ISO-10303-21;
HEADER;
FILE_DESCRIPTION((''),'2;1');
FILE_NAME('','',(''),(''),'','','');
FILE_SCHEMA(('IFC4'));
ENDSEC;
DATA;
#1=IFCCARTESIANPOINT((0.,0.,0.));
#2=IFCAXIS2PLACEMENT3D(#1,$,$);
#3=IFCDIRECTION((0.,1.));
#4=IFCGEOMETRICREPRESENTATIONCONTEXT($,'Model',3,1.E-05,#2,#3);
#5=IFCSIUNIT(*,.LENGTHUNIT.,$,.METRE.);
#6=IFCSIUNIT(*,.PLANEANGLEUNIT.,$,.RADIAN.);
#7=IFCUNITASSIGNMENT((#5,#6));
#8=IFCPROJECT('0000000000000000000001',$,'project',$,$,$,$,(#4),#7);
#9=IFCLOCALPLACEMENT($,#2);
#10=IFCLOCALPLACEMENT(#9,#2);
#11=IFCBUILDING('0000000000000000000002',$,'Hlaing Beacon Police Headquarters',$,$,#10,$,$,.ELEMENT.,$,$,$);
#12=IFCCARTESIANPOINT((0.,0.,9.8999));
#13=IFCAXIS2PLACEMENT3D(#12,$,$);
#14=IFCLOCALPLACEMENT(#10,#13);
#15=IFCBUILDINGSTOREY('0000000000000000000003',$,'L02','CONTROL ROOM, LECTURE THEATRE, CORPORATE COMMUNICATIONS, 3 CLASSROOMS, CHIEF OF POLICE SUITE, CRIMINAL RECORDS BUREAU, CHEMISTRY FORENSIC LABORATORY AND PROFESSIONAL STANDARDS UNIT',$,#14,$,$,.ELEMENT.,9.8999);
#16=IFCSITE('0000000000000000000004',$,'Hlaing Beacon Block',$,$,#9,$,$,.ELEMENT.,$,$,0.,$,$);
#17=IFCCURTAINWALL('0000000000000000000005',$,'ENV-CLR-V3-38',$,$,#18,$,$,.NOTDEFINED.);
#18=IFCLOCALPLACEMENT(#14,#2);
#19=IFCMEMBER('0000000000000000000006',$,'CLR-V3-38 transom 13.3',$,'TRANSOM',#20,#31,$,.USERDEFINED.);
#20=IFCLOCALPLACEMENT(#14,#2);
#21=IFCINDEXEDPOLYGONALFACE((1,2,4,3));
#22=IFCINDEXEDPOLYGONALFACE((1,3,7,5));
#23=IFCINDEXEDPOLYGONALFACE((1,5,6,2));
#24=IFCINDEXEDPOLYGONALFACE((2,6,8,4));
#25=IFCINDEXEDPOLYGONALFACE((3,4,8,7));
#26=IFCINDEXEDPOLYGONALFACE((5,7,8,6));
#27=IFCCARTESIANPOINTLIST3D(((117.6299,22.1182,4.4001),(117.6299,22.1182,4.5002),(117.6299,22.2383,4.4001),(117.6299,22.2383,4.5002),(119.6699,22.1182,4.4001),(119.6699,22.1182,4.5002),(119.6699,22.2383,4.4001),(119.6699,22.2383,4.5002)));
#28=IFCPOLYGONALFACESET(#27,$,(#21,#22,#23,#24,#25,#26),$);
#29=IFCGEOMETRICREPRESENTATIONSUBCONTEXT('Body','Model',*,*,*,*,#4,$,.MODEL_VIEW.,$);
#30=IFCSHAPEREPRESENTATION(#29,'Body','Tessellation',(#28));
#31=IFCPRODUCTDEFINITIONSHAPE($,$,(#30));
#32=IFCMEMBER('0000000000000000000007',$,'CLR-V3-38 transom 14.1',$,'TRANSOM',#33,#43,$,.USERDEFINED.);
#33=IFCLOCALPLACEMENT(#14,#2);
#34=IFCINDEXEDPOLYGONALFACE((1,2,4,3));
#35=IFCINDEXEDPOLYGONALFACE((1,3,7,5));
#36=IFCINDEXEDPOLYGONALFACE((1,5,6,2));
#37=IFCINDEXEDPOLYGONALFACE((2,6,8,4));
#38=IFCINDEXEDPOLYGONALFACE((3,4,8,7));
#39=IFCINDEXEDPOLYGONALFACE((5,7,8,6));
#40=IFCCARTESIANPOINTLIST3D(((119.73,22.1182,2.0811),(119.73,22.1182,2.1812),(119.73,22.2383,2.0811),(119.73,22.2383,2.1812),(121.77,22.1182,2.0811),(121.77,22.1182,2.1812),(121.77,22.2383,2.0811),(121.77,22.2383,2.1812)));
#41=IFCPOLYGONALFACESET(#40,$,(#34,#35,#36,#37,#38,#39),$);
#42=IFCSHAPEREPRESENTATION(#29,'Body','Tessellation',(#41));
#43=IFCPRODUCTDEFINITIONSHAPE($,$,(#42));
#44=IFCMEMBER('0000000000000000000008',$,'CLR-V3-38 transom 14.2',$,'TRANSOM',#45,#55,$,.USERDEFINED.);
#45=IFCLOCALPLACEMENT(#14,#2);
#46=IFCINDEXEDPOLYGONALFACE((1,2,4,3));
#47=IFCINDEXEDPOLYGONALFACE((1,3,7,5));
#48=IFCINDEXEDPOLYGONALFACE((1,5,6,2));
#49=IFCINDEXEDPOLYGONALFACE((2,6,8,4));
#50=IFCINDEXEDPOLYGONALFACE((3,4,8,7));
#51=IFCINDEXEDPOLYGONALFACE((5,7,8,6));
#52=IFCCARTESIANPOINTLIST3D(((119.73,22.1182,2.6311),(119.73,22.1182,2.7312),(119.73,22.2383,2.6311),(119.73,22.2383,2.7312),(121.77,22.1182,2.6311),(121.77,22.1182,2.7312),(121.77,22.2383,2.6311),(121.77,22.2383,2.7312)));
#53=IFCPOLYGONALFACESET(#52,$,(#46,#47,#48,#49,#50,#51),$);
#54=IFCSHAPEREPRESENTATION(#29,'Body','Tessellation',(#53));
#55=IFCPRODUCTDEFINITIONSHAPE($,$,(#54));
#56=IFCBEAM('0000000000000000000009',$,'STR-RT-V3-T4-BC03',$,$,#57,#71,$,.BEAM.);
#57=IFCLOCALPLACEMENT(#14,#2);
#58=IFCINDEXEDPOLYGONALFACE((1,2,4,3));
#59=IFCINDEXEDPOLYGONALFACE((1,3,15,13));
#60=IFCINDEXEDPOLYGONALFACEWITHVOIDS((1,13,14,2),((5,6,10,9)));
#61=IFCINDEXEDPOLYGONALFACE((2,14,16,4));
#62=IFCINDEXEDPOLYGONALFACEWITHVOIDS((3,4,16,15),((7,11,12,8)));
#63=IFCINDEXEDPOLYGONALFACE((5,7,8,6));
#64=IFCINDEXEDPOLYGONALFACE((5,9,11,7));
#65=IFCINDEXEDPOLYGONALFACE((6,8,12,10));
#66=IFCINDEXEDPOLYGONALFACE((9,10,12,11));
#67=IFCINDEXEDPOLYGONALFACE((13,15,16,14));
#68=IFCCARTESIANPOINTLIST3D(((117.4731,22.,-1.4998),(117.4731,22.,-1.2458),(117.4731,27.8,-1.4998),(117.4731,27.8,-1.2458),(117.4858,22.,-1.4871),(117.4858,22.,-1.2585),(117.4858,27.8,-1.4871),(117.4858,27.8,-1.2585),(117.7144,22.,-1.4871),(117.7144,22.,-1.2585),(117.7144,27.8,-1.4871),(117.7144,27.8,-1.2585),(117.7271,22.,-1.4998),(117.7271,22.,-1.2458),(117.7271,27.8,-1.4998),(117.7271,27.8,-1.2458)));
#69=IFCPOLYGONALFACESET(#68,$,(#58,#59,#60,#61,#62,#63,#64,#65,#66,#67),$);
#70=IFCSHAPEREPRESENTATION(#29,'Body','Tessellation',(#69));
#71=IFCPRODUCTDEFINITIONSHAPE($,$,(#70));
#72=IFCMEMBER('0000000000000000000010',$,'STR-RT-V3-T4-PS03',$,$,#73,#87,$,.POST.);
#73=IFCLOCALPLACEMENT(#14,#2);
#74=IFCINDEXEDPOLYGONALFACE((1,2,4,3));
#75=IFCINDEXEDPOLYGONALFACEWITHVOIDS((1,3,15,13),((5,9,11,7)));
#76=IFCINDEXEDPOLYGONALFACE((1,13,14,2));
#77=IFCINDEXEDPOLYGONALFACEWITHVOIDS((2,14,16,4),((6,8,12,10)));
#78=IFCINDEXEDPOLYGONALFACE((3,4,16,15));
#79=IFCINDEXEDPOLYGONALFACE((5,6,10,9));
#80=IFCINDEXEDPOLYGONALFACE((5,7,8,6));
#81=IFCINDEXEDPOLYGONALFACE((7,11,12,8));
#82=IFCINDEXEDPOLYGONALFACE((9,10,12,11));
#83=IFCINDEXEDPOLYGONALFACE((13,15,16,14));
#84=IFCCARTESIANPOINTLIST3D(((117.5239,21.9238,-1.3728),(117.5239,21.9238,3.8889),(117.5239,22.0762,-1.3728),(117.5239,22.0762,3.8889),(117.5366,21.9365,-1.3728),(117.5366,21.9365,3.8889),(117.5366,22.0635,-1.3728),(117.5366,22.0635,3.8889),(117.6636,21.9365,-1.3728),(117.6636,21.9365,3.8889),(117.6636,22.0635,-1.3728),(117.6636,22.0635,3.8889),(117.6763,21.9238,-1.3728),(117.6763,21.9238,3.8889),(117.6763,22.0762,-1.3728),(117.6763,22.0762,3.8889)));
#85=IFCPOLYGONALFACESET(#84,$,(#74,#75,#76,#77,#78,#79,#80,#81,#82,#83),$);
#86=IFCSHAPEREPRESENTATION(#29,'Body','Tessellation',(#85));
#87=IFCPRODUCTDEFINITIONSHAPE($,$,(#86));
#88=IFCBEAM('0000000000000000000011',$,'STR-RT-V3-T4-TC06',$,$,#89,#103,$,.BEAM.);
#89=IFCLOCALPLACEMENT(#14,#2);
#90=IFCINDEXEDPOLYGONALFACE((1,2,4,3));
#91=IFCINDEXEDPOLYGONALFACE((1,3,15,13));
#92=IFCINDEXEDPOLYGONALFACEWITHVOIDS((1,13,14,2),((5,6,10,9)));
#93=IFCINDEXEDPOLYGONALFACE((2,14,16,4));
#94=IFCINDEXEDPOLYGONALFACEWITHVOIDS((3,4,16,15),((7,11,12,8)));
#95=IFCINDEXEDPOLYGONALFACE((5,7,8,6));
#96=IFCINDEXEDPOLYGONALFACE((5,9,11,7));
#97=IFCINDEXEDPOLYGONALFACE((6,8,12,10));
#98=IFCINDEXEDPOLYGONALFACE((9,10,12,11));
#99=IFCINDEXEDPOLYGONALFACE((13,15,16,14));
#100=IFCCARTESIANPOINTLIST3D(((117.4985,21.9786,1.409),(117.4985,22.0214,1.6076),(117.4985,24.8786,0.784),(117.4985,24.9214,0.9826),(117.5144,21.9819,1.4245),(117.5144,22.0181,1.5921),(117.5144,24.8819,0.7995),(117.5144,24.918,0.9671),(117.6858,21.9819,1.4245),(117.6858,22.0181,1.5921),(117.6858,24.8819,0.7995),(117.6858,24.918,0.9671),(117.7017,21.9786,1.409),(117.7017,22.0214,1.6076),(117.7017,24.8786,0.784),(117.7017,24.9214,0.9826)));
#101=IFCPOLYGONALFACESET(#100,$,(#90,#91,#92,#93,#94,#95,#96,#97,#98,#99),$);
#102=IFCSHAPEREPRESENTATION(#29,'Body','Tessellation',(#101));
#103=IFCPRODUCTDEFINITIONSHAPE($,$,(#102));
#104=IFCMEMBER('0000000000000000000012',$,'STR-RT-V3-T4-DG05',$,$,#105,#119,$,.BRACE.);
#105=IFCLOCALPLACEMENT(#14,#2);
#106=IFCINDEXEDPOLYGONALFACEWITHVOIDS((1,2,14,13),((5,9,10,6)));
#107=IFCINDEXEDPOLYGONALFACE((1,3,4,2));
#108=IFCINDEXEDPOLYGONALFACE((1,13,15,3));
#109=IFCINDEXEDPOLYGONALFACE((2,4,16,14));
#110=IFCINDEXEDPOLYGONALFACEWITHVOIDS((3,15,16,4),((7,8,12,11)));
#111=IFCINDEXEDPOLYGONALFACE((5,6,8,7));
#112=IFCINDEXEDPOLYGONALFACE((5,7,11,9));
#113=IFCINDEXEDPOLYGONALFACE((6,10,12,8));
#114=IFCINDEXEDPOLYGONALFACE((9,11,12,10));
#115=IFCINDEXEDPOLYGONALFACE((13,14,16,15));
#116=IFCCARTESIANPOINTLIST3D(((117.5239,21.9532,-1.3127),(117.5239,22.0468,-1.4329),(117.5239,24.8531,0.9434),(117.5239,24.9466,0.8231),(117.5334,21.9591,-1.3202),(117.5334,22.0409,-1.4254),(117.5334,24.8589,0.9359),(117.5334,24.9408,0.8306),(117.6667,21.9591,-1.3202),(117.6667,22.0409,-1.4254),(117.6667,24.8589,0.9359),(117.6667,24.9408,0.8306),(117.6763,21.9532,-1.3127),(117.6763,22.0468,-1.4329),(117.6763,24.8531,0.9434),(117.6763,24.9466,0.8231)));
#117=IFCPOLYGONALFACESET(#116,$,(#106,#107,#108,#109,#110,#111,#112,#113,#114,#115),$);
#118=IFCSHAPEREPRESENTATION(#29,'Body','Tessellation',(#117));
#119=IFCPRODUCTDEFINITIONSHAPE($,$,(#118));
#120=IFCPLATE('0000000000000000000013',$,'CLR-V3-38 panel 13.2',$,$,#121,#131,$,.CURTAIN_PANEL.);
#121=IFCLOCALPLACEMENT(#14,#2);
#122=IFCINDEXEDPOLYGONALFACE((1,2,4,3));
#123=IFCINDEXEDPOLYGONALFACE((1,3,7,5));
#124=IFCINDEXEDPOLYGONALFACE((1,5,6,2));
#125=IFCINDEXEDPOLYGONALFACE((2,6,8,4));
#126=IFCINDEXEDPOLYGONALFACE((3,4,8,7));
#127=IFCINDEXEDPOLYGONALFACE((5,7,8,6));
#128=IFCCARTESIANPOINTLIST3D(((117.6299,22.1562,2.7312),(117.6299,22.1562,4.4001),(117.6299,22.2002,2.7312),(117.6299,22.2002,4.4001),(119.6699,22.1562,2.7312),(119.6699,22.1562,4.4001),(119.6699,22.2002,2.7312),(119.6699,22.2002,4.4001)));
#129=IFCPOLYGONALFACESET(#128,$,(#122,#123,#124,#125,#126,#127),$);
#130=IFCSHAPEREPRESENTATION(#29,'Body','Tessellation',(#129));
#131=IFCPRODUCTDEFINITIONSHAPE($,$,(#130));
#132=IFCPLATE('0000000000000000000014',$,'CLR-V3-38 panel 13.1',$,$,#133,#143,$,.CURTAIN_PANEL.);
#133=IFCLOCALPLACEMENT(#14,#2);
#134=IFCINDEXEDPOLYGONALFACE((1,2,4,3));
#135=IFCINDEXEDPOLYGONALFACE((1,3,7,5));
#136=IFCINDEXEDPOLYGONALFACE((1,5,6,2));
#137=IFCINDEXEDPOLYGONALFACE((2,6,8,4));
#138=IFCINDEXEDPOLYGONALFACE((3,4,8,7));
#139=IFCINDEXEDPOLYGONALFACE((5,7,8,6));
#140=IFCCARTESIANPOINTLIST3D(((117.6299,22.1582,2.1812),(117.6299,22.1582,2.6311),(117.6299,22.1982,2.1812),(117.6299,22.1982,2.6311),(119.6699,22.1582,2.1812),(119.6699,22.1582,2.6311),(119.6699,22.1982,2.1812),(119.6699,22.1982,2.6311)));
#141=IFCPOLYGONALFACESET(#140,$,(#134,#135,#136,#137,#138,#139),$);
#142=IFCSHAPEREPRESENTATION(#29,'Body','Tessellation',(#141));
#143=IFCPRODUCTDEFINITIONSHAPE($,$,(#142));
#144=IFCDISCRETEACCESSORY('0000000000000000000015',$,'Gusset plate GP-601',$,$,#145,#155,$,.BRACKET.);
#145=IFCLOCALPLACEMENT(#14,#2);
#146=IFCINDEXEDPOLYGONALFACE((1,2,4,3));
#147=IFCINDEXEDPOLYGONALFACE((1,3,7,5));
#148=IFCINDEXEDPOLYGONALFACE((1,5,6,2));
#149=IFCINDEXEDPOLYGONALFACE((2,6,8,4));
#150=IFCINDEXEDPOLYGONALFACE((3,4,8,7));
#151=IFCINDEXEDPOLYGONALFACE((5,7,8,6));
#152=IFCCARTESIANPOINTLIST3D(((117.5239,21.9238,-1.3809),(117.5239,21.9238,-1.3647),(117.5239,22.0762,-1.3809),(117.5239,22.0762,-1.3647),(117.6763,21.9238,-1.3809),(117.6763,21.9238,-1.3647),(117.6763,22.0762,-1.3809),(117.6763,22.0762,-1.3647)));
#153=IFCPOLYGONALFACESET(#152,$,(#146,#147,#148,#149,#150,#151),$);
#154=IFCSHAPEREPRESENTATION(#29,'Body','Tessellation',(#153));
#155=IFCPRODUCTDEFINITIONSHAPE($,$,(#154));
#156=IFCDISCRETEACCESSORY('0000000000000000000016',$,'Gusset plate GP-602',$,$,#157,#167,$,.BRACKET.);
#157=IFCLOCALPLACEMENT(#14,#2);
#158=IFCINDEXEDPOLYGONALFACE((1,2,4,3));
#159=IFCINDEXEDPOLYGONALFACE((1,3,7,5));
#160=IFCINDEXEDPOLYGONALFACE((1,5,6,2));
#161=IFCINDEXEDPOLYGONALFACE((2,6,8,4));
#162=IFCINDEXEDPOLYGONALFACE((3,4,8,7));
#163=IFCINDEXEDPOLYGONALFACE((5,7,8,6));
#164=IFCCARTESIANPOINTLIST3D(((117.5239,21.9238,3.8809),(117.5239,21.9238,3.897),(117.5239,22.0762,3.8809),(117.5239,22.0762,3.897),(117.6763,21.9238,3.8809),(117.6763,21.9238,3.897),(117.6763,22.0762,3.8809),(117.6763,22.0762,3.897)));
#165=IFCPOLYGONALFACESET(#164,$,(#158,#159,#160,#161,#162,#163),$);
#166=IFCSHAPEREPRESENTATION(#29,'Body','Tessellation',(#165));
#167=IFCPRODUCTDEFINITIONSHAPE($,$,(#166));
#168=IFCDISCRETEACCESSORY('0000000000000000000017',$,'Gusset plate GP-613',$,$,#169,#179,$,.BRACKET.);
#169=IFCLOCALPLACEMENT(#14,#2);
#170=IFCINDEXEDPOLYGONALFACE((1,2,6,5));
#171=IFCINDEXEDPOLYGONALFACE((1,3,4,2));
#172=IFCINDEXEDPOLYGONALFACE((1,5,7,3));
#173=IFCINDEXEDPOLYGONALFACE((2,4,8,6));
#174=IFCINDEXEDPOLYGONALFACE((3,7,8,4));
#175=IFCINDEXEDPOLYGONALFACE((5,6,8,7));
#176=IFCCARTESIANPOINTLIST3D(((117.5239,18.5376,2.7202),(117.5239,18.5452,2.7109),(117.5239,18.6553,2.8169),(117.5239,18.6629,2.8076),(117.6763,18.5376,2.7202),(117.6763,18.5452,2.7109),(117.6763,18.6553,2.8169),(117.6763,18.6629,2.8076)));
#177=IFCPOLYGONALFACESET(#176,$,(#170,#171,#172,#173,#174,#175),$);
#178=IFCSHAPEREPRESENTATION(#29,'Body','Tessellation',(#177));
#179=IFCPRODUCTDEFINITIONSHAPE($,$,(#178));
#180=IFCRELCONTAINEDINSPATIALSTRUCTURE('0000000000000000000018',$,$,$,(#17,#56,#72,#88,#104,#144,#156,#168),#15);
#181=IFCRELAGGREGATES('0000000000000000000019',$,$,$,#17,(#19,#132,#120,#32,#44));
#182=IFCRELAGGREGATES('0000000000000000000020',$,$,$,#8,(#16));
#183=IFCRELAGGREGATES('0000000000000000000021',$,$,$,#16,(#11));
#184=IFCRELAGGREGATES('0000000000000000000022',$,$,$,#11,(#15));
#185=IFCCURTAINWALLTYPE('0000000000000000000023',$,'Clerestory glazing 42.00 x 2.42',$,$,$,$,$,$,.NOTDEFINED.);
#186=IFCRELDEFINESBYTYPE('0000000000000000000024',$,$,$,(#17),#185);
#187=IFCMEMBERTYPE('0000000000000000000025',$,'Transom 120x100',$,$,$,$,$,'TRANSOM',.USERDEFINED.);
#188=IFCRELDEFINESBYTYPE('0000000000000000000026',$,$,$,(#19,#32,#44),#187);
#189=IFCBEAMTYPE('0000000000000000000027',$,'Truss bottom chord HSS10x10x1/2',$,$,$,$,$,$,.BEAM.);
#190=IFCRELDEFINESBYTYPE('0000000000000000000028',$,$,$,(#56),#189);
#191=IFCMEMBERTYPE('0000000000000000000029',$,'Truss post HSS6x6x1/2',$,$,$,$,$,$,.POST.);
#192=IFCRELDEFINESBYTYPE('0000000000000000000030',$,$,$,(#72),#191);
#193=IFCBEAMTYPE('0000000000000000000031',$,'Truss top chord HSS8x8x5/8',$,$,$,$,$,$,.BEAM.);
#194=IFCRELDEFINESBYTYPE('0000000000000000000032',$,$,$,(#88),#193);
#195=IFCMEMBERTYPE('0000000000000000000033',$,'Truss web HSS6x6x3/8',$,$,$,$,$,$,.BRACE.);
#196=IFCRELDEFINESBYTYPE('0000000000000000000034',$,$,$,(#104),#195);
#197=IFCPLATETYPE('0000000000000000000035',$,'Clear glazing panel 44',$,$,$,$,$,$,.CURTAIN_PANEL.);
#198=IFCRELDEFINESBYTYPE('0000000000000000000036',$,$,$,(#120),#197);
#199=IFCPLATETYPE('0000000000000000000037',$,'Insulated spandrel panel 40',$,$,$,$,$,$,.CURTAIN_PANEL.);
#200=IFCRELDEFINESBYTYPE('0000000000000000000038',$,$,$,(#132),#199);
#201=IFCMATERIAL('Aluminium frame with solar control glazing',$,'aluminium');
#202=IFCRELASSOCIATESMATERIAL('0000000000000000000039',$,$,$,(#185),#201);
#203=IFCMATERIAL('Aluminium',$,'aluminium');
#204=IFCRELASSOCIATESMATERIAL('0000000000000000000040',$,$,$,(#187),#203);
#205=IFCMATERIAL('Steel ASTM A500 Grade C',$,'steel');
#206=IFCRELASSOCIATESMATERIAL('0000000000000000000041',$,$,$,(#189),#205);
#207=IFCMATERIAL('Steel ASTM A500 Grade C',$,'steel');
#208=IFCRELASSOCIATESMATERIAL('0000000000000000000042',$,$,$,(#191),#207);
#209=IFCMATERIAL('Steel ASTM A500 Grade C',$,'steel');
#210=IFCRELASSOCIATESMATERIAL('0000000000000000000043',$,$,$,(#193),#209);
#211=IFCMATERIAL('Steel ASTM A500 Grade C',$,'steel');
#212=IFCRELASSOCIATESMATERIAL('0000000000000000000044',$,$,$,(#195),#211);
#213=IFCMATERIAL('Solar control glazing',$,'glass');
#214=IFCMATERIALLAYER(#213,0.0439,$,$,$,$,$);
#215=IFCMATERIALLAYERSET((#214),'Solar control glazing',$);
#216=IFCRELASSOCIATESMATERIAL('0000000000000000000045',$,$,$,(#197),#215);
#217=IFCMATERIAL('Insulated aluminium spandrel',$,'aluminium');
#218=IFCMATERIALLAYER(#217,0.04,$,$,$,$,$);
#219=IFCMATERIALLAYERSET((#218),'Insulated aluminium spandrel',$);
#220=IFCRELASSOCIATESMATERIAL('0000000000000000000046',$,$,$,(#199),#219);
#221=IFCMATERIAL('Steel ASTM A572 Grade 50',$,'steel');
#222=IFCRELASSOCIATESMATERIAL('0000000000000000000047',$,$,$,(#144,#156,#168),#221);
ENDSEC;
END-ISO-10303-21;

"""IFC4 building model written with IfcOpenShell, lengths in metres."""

from ifc_helpers import new_model, si_unit, direction, frame, origin, origin_2d, place, context, subcontext, project, spatial, rectangle, hollow_rectangle, extrude, material, layer, layer_set, material_profile, profile_set, type_object, element, aggregate, save


model = new_model("IFC4")

# Units and contexts
model_context = context("Model", 3, precision=1e-05, world=origin(), true_north=direction((0.0, 1.0)))
body_context = subcontext(model_context, "Body", "Model", "MODEL_VIEW")
ifc_project = project(units=[si_unit("LENGTHUNIT", "METRE"), si_unit("PLANEANGLEUNIT", "RADIAN")], contexts=[model_context])

# Site, building, storey
site_placement = place(None, origin())
site = spatial("IfcSite", under=ifc_project, at=site_placement, Name="Hlaing Beacon Block", CompositionType="ELEMENT", RefElevation=0.0)
building_placement = place(site_placement, origin())
building = spatial("IfcBuilding", under=site, at=building_placement, Name="Hlaing Beacon Police Headquarters", CompositionType="ELEMENT")
storey_placement = place(building_placement, frame((0.0, 0.0, 9.8999)))
storey = spatial("IfcBuildingStorey", under=building, at=storey_placement, Name="L02", Description="CONTROL ROOM, LECTURE THEATRE, CORPORATE COMMUNICATIONS, 3 CLASSROOMS, CHIEF OF POLICE SUITE, CRIMINAL RECORDS BUREAU, CHEMISTRY FORENSIC LABORATORY AND PROFESSIONAL STANDARDS UNIT", CompositionType="ELEMENT", Elevation=9.8999)

# Curtain wall
ifc_material_1 = material(Name="Aluminium frame with solar control glazing", Category="aluminium")
curtain_wall_type = type_object("IfcCurtainWallType", Name="Clerestory glazing 42.00 x 2.42", PredefinedType="NOTDEFINED", material=ifc_material_1)
curtain_wall_placement = place(storey_placement, origin())
curtain_wall = element("IfcCurtainWall", 1, at=curtain_wall_placement, inside=storey, type_object=curtain_wall_type, Name="ENV-CLR-V3-38", PredefinedType="NOTDEFINED")

# Members
ifc_material_2 = material(Name="Aluminium", Category="aluminium")
ifc_material_profile_1 = material_profile(ifc_material_2, rectangle(XDim=0.1201, YDim=0.1001, at=origin_2d()), Name="Transom 120x100")
ifc_profile_set_1 = profile_set([ifc_material_profile_1], Name="Aluminium")
member_type_1 = type_object("IfcMemberType", Name="Transom 120x100", ElementType="TRANSOM", PredefinedType="USERDEFINED", material=ifc_profile_set_1)
member_1_placement = place(storey_placement, frame((117.6299, 22.1782, 4.4502), z_axis=(1.0, 0.0, 0.0), x_axis=(0.0, 1.0, 0.0)))
member_1 = element("IfcMember", 2, at=member_1_placement, type_object=member_type_1, Name="CLR-V3-38 transom 13.3", ObjectType="TRANSOM", PredefinedType="USERDEFINED", context=body_context, shape_type="SweptSolid", body=[
    extrude(rectangle(XDim=0.1201, YDim=0.1001, at=origin_2d()), origin(), (0.0, 0.0, 1.0), 2.04),
])
member_2_placement = place(storey_placement, frame((119.73, 22.1782, 2.1311), z_axis=(1.0, 0.0, 0.0), x_axis=(0.0, 1.0, 0.0)))
member_2 = element("IfcMember", 3, at=member_2_placement, type_object=member_type_1, Name="CLR-V3-38 transom 14.1", ObjectType="TRANSOM", PredefinedType="USERDEFINED", context=body_context, shape_type="SweptSolid", body=[
    extrude(rectangle(XDim=0.1201, YDim=0.1001, at=origin_2d()), origin(), (0.0, 0.0, 1.0), 2.04),
])
member_3_placement = place(storey_placement, frame((119.73, 22.1782, 2.6812), z_axis=(1.0, 0.0, 0.0), x_axis=(0.0, 1.0, 0.0)))
member_3 = element("IfcMember", 4, at=member_3_placement, type_object=member_type_1, Name="CLR-V3-38 transom 14.2", ObjectType="TRANSOM", PredefinedType="USERDEFINED", context=body_context, shape_type="SweptSolid", body=[
    extrude(rectangle(XDim=0.1201, YDim=0.1001, at=origin_2d()), origin(), (0.0, 0.0, 1.0), 2.04),
])

# Beam
ifc_material_3 = material(Name="Steel ASTM A500 Grade C", Category="steel")
ifc_material_profile_2 = material_profile(ifc_material_3, hollow_rectangle(XDim=0.2539, YDim=0.2539, WallThickness=0.0127, at=origin_2d()), Name="HSS10x10x1/2")
ifc_profile_set_2 = profile_set([ifc_material_profile_2], Name="Steel ASTM A500 Grade C")
beam_type_1 = type_object("IfcBeamType", Name="Truss bottom chord HSS10x10x1/2", PredefinedType="BEAM", material=ifc_profile_set_2)
beam_1_placement = place(storey_placement, frame((117.6001, 22.0, -1.3728), z_axis=(0.0, 1.0, 0.0), x_axis=(-1.0, 0.0, 0.0)))
element("IfcBeam", 5, at=beam_1_placement, inside=storey, type_object=beam_type_1, Name="STR-RT-V3-T4-BC03", PredefinedType="BEAM", context=body_context, shape_type="SweptSolid", body=[
    extrude(hollow_rectangle(XDim=0.2539, YDim=0.2539, WallThickness=0.0127, at=origin_2d()), origin(), (0.0, 0.0, 1.0), 5.8),
])

# Member
ifc_material_4 = material(Name="Steel ASTM A500 Grade C", Category="steel")
ifc_material_profile_3 = material_profile(ifc_material_4, hollow_rectangle(XDim=0.1523, YDim=0.1523, WallThickness=0.0127, at=origin_2d()), Name="HSS6x6x1/2")
ifc_profile_set_3 = profile_set([ifc_material_profile_3], Name="Steel ASTM A500 Grade C")
member_type_2 = type_object("IfcMemberType", Name="Truss post HSS6x6x1/2", PredefinedType="POST", material=ifc_profile_set_3)
member_4_placement = place(storey_placement, frame((117.6001, 22.0, -1.3728), z_axis=(0.0, 0.0, 1.0), x_axis=(1.0, 0.0, 0.0)))
element("IfcMember", 6, at=member_4_placement, inside=storey, type_object=member_type_2, Name="STR-RT-V3-T4-PS03", PredefinedType="POST", context=body_context, shape_type="SweptSolid", body=[
    extrude(hollow_rectangle(XDim=0.1523, YDim=0.1523, WallThickness=0.0127, at=origin_2d()), origin(), (0.0, 0.0, 1.0), 5.2617),
])

# Beam
ifc_material_5 = material(Name="Steel ASTM A500 Grade C", Category="steel")
ifc_material_profile_4 = material_profile(ifc_material_5, hollow_rectangle(XDim=0.2031, YDim=0.2031, WallThickness=0.0159, at=origin_2d()), Name="HSS8x8x5/8")
ifc_profile_set_4 = profile_set([ifc_material_profile_4], Name="Steel ASTM A500 Grade C")
beam_type_2 = type_object("IfcBeamType", Name="Truss top chord HSS8x8x5/8", PredefinedType="BEAM", material=ifc_profile_set_4)
beam_2_placement = place(storey_placement, frame((117.6001, 22.0, 1.5083), z_axis=(0.0, 0.977554, -0.210687), x_axis=(-1.0, 0.0, 0.0)))
element("IfcBeam", 7, at=beam_2_placement, inside=storey, type_object=beam_type_2, Name="STR-RT-V3-T4-TC06", PredefinedType="BEAM", context=body_context, shape_type="SweptSolid", body=[
    extrude(hollow_rectangle(XDim=0.2031, YDim=0.2031, WallThickness=0.0159, at=origin_2d()), origin(), (0.0, 0.0, 1.0), 2.9666),
])

# Member
ifc_material_6 = material(Name="Steel ASTM A500 Grade C", Category="steel")
ifc_material_profile_5 = material_profile(ifc_material_6, hollow_rectangle(XDim=0.1523, YDim=0.1523, WallThickness=0.0095, at=origin_2d()), Name="HSS6x6x3/8")
ifc_profile_set_5 = profile_set([ifc_material_profile_5], Name="Steel ASTM A500 Grade C")
member_type_3 = type_object("IfcMemberType", Name="Truss web HSS6x6x3/8", PredefinedType="BRACE", material=ifc_profile_set_5)
member_5_placement = place(storey_placement, frame((117.6001, 22.0, -1.3728), z_axis=(0.0, 0.78927, 0.614046), x_axis=(-1.0, 0.0, 0.0)))
element("IfcMember", 8, at=member_5_placement, inside=storey, type_object=member_type_3, Name="STR-RT-V3-T4-DG05", PredefinedType="BRACE", context=body_context, shape_type="SweptSolid", body=[
    extrude(hollow_rectangle(XDim=0.1523, YDim=0.1523, WallThickness=0.0095, at=origin_2d()), origin(), (0.0, 0.0, 1.0), 3.6741),
])

# Plates
ifc_material_7 = material(Name="Solar control glazing", Category="glass")
ifc_layer_1 = layer(ifc_material_7, 0.0439)
ifc_layer_set_1 = layer_set([ifc_layer_1], Name="Solar control glazing")
plate_type_1 = type_object("IfcPlateType", Name="Clear glazing panel 44", PredefinedType="CURTAIN_PANEL", material=ifc_layer_set_1)
plate_1_placement = place(storey_placement, frame((118.6499, 22.1782, 2.7312), z_axis=(0.0, 0.0, 1.0), x_axis=(1.0, 0.0, 0.0)))
plate_1 = element("IfcPlate", 9, at=plate_1_placement, type_object=plate_type_1, Name="CLR-V3-38 panel 13.2", PredefinedType="CURTAIN_PANEL", context=body_context, shape_type="SweptSolid", body=[
    extrude(rectangle(XDim=2.04, YDim=0.0439, at=origin_2d()), origin(), (0.0, 0.0, 1.0), 1.6689),
])
ifc_material_8 = material(Name="Insulated aluminium spandrel", Category="aluminium")
ifc_layer_2 = layer(ifc_material_8, 0.04)
ifc_layer_set_2 = layer_set([ifc_layer_2], Name="Insulated aluminium spandrel")
plate_type_2 = type_object("IfcPlateType", Name="Insulated spandrel panel 40", PredefinedType="CURTAIN_PANEL", material=ifc_layer_set_2)
plate_2_placement = place(storey_placement, frame((118.6499, 22.1782, 2.1812), z_axis=(0.0, 0.0, 1.0), x_axis=(1.0, 0.0, 0.0)))
plate_2 = element("IfcPlate", 10, at=plate_2_placement, type_object=plate_type_2, Name="CLR-V3-38 panel 13.1", PredefinedType="CURTAIN_PANEL", context=body_context, shape_type="SweptSolid", body=[
    extrude(rectangle(XDim=2.04, YDim=0.04, at=origin_2d()), origin(), (0.0, 0.0, 1.0), 0.45),
])
aggregate(curtain_wall, [member_1, plate_2, plate_1, member_2, member_3])

# Discrete accessories
ifc_material_9 = material(Name="Steel ASTM A572 Grade 50", Category="steel")
for number, where, z_axis, x_axis, name in (
    (11, (117.6001, 22.0, -1.3647), (0.0, 0.0, -1.0), (1.0, 0.0, 0.0), "Gusset plate GP-601"),
    (12, (117.6001, 22.0, 3.8809), (0.0, 0.0, 1.0), (1.0, 0.0, 0.0), "Gusset plate GP-602"),
):
    element("IfcDiscreteAccessory", number, at=place(storey_placement, frame(where, z_axis=z_axis, x_axis=x_axis)), inside=storey, material=ifc_material_9, Name=name, PredefinedType="BRACKET", context=body_context, shape_type="SweptSolid", body=[
        extrude(rectangle(XDim=0.1523, YDim=0.1523, at=origin_2d()), origin(), (0.0, 0.0, 1.0), 0.0161),
    ])
for number, where, z_axis, x_axis, name in (
    (13, (117.6001, 18.604, 2.7593), (0.0, -0.634949, 0.772554), (1.0, 0.0, 0.0), "Gusset plate GP-613"),
):
    element("IfcDiscreteAccessory", number, at=place(storey_placement, frame(where, z_axis=z_axis, x_axis=x_axis)), inside=storey, material=ifc_material_9, Name=name, PredefinedType="BRACKET", context=body_context, shape_type="SweptSolid", body=[
        extrude(rectangle(XDim=0.1523, YDim=0.1523, at=origin_2d()), origin(), (0.0, 0.0, 1.0), 0.012),
    ])

save(model, "model.ifc")
